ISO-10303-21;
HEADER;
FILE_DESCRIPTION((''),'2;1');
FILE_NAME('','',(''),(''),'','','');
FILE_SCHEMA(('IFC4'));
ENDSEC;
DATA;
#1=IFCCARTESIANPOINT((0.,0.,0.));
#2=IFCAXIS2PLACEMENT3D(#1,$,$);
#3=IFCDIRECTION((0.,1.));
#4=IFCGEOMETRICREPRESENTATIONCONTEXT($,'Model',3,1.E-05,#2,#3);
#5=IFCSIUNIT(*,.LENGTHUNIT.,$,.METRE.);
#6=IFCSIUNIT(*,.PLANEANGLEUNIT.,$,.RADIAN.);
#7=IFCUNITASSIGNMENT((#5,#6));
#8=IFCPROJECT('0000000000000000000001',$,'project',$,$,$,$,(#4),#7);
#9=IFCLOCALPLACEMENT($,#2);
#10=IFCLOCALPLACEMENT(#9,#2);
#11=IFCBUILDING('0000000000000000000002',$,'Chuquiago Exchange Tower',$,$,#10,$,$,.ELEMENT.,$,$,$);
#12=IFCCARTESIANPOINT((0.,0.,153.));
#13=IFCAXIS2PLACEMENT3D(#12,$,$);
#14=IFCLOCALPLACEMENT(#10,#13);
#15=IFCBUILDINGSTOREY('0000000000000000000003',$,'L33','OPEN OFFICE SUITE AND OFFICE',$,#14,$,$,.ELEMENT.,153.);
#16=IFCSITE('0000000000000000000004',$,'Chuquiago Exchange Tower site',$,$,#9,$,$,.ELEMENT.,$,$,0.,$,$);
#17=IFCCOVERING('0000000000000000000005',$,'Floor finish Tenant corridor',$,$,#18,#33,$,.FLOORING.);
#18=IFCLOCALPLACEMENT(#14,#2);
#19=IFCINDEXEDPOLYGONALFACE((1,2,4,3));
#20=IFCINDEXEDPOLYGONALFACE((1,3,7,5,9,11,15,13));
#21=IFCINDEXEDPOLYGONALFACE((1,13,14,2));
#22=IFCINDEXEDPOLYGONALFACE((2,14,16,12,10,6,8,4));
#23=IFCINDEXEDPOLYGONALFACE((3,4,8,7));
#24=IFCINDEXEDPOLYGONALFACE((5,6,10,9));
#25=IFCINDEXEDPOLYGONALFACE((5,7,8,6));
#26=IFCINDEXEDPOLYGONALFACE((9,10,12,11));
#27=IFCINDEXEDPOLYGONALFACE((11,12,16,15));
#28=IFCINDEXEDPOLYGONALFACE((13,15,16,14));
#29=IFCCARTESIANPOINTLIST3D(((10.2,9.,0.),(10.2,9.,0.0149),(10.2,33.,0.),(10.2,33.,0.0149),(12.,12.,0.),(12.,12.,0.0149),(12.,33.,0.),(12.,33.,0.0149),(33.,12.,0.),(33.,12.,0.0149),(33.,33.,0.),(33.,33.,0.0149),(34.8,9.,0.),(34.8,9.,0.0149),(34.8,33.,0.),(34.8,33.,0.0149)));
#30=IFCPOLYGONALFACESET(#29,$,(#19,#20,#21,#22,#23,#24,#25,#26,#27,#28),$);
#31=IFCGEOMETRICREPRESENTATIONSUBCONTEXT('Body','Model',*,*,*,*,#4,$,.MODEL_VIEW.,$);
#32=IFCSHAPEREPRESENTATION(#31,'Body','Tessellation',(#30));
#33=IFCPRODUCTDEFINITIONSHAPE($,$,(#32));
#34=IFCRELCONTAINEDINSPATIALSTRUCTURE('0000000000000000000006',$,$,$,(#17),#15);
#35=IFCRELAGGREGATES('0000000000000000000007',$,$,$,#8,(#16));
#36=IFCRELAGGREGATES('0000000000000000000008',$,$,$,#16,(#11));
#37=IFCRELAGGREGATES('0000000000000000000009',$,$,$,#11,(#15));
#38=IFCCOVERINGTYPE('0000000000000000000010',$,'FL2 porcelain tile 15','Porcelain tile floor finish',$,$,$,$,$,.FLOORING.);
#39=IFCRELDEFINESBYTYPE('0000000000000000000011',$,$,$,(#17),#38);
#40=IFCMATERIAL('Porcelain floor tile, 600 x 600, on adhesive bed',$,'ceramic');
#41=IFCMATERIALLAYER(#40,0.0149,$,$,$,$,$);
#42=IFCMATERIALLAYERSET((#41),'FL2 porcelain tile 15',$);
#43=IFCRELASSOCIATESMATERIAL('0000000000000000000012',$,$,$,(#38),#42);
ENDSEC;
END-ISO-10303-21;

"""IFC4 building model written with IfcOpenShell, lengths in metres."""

from ifc_helpers import new_model, si_unit, direction, frame, origin, place, context, subcontext, project, spatial, polyline, outline, extrude, material, layer, layer_set, type_object, element, save


model = new_model("IFC4")

# Units and contexts
model_context = context("Model", 3, precision=1e-05, world=origin(), true_north=direction((0.0, 1.0)))
body_context = subcontext(model_context, "Body", "Model", "MODEL_VIEW")
ifc_project = project(units=[si_unit("LENGTHUNIT", "METRE"), si_unit("PLANEANGLEUNIT", "RADIAN")], contexts=[model_context])

# Site, building, storey
site_placement = place(None, origin())
site = spatial("IfcSite", under=ifc_project, at=site_placement, Name="Chuquiago Exchange Tower site", CompositionType="ELEMENT", RefElevation=0.0)
building_placement = place(site_placement, origin())
building = spatial("IfcBuilding", under=site, at=building_placement, Name="Chuquiago Exchange Tower", CompositionType="ELEMENT")
storey_placement = place(building_placement, frame((0.0, 0.0, 153.0)))
storey = spatial("IfcBuildingStorey", under=building, at=storey_placement, Name="L33", Description="OPEN OFFICE SUITE AND OFFICE", CompositionType="ELEMENT", Elevation=153.0)

# Covering
ifc_material_1 = material(Name="Porcelain floor tile, 600 x 600, on adhesive bed", Category="ceramic")
ifc_layer_1 = layer(ifc_material_1, 0.0149)
ifc_layer_set_1 = layer_set([ifc_layer_1], Name="FL2 porcelain tile 15")
covering_type_1 = type_object("IfcCoveringType", Name="FL2 porcelain tile 15", Description="Porcelain tile floor finish", PredefinedType="FLOORING", material=ifc_layer_set_1)
covering_1_placement = place(storey_placement, origin())
element("IfcCovering", 1, at=covering_1_placement, inside=storey, type_object=covering_type_1, Name="Floor finish Tenant corridor", PredefinedType="FLOORING", context=body_context, shape_type="SweptSolid", body=[
    extrude(outline(polyline([(12.0, 12.0), (33.0, 12.0), (33.0, 33.0), (34.8, 33.0), (34.8, 9.0), (10.2, 9.0), (10.2, 33.0), (12.0, 33.0), (12.0, 12.0)])), origin(), (0.0, 0.0, 1.0), 0.0149),
])

save(model, "model.ifc")
